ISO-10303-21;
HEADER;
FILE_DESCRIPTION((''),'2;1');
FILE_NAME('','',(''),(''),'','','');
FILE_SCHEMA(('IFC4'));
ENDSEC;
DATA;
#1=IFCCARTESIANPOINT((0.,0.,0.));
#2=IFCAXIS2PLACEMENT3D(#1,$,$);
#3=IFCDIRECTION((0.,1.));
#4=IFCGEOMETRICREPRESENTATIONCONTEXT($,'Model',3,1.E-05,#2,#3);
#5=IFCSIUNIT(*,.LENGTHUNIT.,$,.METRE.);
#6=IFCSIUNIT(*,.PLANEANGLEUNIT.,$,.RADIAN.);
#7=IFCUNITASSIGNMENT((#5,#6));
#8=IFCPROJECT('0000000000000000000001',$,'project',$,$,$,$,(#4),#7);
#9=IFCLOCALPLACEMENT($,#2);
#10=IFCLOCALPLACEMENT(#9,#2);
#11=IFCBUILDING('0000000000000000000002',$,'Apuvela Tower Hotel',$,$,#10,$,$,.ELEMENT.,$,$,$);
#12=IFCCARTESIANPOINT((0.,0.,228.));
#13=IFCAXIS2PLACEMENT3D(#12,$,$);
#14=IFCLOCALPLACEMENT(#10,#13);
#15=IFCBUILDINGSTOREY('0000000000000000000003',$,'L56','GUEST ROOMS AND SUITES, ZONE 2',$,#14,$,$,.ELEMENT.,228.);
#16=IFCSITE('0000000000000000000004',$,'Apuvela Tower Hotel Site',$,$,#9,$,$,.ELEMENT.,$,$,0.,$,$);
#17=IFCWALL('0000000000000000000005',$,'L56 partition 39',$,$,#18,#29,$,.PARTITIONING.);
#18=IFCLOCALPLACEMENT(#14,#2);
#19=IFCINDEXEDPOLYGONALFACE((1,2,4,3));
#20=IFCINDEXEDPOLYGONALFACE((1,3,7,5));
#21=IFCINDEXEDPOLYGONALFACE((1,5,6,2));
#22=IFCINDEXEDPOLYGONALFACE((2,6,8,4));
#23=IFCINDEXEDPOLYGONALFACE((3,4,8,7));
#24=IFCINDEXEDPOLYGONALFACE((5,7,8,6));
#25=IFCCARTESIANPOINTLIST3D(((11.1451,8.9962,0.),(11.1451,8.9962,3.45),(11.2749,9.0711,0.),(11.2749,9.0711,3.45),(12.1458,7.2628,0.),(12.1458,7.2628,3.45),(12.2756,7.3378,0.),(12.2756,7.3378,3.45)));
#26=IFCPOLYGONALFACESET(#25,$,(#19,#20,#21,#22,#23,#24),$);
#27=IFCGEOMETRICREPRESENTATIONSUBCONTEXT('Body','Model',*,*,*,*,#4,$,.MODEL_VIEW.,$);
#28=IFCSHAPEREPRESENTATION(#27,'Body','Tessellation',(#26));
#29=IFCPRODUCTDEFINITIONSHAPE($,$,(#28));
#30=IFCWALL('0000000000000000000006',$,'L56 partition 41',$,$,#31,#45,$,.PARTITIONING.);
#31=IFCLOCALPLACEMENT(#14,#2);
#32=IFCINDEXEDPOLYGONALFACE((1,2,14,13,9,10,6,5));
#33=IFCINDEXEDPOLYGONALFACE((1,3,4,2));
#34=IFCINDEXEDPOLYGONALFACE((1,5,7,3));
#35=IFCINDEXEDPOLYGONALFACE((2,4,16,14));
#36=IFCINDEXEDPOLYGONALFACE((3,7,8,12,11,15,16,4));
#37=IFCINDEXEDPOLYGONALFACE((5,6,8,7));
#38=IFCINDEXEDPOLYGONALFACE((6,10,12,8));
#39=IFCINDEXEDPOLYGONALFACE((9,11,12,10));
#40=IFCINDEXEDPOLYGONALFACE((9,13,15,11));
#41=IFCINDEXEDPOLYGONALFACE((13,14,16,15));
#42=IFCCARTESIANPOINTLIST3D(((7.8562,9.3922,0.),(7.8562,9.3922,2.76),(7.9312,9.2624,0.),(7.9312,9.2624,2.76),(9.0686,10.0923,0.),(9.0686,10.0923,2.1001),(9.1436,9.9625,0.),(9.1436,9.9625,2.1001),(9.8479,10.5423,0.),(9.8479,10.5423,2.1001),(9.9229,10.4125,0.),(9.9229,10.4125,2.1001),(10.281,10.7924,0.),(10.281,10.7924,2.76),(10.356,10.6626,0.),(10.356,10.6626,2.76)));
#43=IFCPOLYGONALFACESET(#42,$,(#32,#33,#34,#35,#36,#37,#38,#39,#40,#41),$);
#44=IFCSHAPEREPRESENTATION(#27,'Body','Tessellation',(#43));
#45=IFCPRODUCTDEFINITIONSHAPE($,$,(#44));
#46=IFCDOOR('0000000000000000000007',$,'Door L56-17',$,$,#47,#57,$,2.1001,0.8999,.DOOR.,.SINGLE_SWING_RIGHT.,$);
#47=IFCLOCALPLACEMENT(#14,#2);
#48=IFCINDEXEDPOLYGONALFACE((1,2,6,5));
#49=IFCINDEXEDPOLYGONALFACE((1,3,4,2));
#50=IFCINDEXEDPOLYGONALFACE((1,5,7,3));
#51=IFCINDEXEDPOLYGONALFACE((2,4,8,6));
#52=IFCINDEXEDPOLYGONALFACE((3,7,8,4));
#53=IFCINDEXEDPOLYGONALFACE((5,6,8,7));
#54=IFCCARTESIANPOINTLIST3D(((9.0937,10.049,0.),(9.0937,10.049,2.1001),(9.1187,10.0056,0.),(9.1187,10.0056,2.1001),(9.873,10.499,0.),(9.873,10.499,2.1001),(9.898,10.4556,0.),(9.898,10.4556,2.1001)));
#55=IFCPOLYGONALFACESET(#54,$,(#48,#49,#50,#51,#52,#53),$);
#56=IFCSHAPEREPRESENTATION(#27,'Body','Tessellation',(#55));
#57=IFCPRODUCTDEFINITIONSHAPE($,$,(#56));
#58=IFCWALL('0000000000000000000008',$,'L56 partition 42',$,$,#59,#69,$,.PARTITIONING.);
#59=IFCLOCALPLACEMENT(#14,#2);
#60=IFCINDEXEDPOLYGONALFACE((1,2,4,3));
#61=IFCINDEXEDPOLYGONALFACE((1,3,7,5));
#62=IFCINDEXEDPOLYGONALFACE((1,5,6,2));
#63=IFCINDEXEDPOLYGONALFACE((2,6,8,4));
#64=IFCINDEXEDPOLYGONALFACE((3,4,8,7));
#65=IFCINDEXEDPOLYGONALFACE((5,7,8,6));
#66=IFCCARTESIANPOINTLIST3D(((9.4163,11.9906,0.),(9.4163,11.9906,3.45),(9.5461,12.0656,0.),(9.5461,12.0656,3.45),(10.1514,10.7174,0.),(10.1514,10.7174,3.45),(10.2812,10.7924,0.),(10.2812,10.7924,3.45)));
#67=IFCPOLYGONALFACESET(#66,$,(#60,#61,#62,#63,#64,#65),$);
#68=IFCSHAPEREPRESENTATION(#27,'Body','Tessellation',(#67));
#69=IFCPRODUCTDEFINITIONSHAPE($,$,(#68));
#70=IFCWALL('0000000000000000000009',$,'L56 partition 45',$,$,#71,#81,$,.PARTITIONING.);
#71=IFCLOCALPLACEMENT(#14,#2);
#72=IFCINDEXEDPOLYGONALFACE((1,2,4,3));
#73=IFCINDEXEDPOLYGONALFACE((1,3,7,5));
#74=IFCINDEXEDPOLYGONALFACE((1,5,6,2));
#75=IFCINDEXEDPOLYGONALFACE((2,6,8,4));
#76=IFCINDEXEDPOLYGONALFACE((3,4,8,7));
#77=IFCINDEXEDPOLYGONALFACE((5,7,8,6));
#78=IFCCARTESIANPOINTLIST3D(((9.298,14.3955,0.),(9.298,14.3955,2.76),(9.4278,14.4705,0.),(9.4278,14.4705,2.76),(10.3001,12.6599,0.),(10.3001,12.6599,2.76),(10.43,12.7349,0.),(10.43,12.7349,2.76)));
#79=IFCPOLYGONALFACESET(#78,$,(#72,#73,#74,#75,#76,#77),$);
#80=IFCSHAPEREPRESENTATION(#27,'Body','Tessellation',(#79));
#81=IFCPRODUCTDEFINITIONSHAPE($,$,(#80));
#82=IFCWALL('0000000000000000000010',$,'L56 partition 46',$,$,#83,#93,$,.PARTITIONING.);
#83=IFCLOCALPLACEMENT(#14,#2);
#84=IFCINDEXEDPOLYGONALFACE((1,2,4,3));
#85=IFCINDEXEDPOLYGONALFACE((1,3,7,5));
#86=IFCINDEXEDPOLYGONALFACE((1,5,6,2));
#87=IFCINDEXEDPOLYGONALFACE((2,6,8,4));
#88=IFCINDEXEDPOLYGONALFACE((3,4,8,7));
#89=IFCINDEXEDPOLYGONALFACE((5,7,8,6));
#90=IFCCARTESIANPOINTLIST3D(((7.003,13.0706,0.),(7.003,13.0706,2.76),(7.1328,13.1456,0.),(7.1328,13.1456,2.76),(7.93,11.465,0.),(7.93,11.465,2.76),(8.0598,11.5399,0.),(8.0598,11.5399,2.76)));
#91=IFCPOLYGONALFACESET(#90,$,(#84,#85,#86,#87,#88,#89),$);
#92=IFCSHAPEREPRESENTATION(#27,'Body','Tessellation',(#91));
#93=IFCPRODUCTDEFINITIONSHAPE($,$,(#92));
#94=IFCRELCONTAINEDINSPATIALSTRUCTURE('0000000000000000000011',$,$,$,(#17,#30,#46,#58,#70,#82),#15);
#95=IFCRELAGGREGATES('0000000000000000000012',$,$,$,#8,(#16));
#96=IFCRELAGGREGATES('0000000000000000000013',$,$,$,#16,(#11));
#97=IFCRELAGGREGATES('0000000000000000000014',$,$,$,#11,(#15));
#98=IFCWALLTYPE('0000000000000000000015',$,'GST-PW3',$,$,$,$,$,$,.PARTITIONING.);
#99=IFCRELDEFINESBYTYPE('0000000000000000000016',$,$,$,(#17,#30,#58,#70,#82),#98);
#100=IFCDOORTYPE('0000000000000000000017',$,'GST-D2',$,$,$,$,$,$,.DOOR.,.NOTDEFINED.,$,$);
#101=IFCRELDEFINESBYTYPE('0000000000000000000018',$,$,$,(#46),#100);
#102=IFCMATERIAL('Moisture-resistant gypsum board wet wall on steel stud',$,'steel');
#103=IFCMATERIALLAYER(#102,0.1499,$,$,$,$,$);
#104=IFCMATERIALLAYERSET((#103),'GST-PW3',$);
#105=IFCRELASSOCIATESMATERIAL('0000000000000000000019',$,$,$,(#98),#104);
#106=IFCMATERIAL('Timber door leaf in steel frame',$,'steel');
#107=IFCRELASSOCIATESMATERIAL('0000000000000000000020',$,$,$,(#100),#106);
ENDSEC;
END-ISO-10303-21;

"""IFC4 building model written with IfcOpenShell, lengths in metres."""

from ifc_helpers import new_model, si_unit, direction, frame, frame_2d, origin, place, context, subcontext, project, spatial, rectangle, extrude, material, layer, layer_set, type_object, element, fill, save


model = new_model("IFC4")

# Units and contexts
model_context = context("Model", 3, precision=1e-05, world=origin(), true_north=direction((0.0, 1.0)))
body_context = subcontext(model_context, "Body", "Model", "MODEL_VIEW")
ifc_project = project(units=[si_unit("LENGTHUNIT", "METRE"), si_unit("PLANEANGLEUNIT", "RADIAN")], contexts=[model_context])

# Site, building, storey
site_placement = place(None, origin())
site = spatial("IfcSite", under=ifc_project, at=site_placement, Name="Apuvela Tower Hotel Site", CompositionType="ELEMENT", RefElevation=0.0)
building_placement = place(site_placement, origin())
building = spatial("IfcBuilding", under=site, at=building_placement, Name="Apuvela Tower Hotel", CompositionType="ELEMENT")
storey_placement = place(building_placement, frame((0.0, 0.0, 228.0)))
storey = spatial("IfcBuildingStorey", under=building, at=storey_placement, Name="L56", Description="GUEST ROOMS AND SUITES, ZONE 2", CompositionType="ELEMENT", Elevation=228.0)

# Shared definitions
ifc_material_1 = material(Name="Timber door leaf in steel frame", Category="steel")
ifc_material_2 = material(Name="Moisture-resistant gypsum board wet wall on steel stud", Category="steel")
ifc_layer_1 = layer(ifc_material_2, 0.1499)
ifc_layer_set_1 = layer_set([ifc_layer_1], Name="GST-PW3")
wall_type_1 = type_object("IfcWallType", Name="GST-PW3", PredefinedType="PARTITIONING", material=ifc_layer_set_1)
door_type_1 = type_object("IfcDoorType", Name="GST-D2", OperationType="NOTDEFINED", PredefinedType="DOOR", material=ifc_material_1)

# Wall
wall_1_placement = place(storey_placement, frame((12.2107, 7.3003, 0.0), z_axis=(0.0, 0.0, 1.0), x_axis=(-0.499983, 0.866035, 0.0)))
element("IfcWall", 1, at=wall_1_placement, inside=storey, type_object=wall_type_1, Name="L56 partition 39", PredefinedType="PARTITIONING", context=body_context, shape_type="SweptSolid", body=[
    extrude(rectangle(XDim=2.0015, YDim=0.1499, at=frame_2d((1.0007, 0.0))), origin(), (0.0, 0.0, 1.0), 3.45),
])

# Wall, opening, door
wall_2_placement = place(storey_placement, frame((7.8938, 9.3274, 0.0), z_axis=(0.0, 0.0, 1.0), x_axis=(0.865997, 0.50005, 0.0)))
wall_2 = element("IfcWall", 2, at=wall_2_placement, inside=storey, type_object=wall_type_1, Name="L56 partition 41", PredefinedType="PARTITIONING", context=body_context, shape_type="SweptSolid", body=[
    extrude(rectangle(XDim=2.8, YDim=0.1499, at=frame_2d((1.3999, 0.0))), origin(), (0.0, 0.0, 1.0), 2.76),
])
opening_1_placement = place(wall_2_placement, frame((1.3999, 0.0, 0.0)))
opening_1 = element("IfcOpeningElement", 3, at=opening_1_placement, cuts=wall_2, PredefinedType="OPENING", context=body_context, shape_type="SweptSolid", body=[
    extrude(rectangle(XDim=0.8999, YDim=2.1001, at=frame_2d((0.45, 1.05))), frame((0.0, 0.085, 0.0), z_axis=(0.0, -1.0, 0.0), x_axis=(1.0, 0.0, 0.0)), (0.0, 0.0, 1.0), 0.1699),
])
door_1_placement = place(opening_1_placement, origin())
door_1 = element("IfcDoor", 4, at=door_1_placement, inside=storey, type_object=door_type_1, Name="Door L56-17", OperationType="SINGLE_SWING_RIGHT", OverallHeight=2.1001, OverallWidth=0.8999, PredefinedType="DOOR", context=body_context, shape_type="SweptSolid", body=[
    extrude(rectangle(XDim=0.8999, YDim=2.1001, at=frame_2d((0.45, 1.05))), frame((0.0, 0.0249, 0.0), z_axis=(0.0, -1.0, 0.0), x_axis=(1.0, 0.0, 0.0)), (0.0, 0.0, 1.0), 0.05),
])
fill(opening_1, door_1)

# Walls
wall_3_placement = place(storey_placement, frame((10.2163, 10.7549, 0.0), z_axis=(0.0, 0.0, 1.0), x_axis=(-0.500015, 0.866017, 0.0)))
element("IfcWall", 5, at=wall_3_placement, inside=storey, type_object=wall_type_1, Name="L56 partition 42", PredefinedType="PARTITIONING", context=body_context, shape_type="SweptSolid", body=[
    extrude(rectangle(XDim=1.4702, YDim=0.1499, at=frame_2d((0.7351, 0.0))), origin(), (0.0, 0.0, 1.0), 3.45),
])
wall_4_placement = place(storey_placement, frame((10.365, 12.6975, 0.0), z_axis=(0.0, 0.0, 1.0), x_axis=(-0.500056, 0.865993, 0.0)))
element("IfcWall", 6, at=wall_4_placement, inside=storey, type_object=wall_type_1, Name="L56 partition 45", PredefinedType="PARTITIONING", context=body_context, shape_type="SweptSolid", body=[
    extrude(rectangle(XDim=2.0042, YDim=0.1499, at=frame_2d((1.002, 0.0))), origin(), (0.0, 0.0, 1.0), 2.76),
])
wall_5_placement = place(storey_placement, frame((7.9949, 11.5024, 0.0), z_axis=(0.0, 0.0, 1.0), x_axis=(-0.499977, 0.866039, 0.0)))
element("IfcWall", 7, at=wall_5_placement, inside=storey, type_object=wall_type_1, Name="L56 partition 46", PredefinedType="PARTITIONING", context=body_context, shape_type="SweptSolid", body=[
    extrude(rectangle(XDim=1.854, YDim=0.1499, at=frame_2d((0.927, 0.0))), origin(), (0.0, 0.0, 1.0), 2.76),
])

save(model, "model.ifc")
